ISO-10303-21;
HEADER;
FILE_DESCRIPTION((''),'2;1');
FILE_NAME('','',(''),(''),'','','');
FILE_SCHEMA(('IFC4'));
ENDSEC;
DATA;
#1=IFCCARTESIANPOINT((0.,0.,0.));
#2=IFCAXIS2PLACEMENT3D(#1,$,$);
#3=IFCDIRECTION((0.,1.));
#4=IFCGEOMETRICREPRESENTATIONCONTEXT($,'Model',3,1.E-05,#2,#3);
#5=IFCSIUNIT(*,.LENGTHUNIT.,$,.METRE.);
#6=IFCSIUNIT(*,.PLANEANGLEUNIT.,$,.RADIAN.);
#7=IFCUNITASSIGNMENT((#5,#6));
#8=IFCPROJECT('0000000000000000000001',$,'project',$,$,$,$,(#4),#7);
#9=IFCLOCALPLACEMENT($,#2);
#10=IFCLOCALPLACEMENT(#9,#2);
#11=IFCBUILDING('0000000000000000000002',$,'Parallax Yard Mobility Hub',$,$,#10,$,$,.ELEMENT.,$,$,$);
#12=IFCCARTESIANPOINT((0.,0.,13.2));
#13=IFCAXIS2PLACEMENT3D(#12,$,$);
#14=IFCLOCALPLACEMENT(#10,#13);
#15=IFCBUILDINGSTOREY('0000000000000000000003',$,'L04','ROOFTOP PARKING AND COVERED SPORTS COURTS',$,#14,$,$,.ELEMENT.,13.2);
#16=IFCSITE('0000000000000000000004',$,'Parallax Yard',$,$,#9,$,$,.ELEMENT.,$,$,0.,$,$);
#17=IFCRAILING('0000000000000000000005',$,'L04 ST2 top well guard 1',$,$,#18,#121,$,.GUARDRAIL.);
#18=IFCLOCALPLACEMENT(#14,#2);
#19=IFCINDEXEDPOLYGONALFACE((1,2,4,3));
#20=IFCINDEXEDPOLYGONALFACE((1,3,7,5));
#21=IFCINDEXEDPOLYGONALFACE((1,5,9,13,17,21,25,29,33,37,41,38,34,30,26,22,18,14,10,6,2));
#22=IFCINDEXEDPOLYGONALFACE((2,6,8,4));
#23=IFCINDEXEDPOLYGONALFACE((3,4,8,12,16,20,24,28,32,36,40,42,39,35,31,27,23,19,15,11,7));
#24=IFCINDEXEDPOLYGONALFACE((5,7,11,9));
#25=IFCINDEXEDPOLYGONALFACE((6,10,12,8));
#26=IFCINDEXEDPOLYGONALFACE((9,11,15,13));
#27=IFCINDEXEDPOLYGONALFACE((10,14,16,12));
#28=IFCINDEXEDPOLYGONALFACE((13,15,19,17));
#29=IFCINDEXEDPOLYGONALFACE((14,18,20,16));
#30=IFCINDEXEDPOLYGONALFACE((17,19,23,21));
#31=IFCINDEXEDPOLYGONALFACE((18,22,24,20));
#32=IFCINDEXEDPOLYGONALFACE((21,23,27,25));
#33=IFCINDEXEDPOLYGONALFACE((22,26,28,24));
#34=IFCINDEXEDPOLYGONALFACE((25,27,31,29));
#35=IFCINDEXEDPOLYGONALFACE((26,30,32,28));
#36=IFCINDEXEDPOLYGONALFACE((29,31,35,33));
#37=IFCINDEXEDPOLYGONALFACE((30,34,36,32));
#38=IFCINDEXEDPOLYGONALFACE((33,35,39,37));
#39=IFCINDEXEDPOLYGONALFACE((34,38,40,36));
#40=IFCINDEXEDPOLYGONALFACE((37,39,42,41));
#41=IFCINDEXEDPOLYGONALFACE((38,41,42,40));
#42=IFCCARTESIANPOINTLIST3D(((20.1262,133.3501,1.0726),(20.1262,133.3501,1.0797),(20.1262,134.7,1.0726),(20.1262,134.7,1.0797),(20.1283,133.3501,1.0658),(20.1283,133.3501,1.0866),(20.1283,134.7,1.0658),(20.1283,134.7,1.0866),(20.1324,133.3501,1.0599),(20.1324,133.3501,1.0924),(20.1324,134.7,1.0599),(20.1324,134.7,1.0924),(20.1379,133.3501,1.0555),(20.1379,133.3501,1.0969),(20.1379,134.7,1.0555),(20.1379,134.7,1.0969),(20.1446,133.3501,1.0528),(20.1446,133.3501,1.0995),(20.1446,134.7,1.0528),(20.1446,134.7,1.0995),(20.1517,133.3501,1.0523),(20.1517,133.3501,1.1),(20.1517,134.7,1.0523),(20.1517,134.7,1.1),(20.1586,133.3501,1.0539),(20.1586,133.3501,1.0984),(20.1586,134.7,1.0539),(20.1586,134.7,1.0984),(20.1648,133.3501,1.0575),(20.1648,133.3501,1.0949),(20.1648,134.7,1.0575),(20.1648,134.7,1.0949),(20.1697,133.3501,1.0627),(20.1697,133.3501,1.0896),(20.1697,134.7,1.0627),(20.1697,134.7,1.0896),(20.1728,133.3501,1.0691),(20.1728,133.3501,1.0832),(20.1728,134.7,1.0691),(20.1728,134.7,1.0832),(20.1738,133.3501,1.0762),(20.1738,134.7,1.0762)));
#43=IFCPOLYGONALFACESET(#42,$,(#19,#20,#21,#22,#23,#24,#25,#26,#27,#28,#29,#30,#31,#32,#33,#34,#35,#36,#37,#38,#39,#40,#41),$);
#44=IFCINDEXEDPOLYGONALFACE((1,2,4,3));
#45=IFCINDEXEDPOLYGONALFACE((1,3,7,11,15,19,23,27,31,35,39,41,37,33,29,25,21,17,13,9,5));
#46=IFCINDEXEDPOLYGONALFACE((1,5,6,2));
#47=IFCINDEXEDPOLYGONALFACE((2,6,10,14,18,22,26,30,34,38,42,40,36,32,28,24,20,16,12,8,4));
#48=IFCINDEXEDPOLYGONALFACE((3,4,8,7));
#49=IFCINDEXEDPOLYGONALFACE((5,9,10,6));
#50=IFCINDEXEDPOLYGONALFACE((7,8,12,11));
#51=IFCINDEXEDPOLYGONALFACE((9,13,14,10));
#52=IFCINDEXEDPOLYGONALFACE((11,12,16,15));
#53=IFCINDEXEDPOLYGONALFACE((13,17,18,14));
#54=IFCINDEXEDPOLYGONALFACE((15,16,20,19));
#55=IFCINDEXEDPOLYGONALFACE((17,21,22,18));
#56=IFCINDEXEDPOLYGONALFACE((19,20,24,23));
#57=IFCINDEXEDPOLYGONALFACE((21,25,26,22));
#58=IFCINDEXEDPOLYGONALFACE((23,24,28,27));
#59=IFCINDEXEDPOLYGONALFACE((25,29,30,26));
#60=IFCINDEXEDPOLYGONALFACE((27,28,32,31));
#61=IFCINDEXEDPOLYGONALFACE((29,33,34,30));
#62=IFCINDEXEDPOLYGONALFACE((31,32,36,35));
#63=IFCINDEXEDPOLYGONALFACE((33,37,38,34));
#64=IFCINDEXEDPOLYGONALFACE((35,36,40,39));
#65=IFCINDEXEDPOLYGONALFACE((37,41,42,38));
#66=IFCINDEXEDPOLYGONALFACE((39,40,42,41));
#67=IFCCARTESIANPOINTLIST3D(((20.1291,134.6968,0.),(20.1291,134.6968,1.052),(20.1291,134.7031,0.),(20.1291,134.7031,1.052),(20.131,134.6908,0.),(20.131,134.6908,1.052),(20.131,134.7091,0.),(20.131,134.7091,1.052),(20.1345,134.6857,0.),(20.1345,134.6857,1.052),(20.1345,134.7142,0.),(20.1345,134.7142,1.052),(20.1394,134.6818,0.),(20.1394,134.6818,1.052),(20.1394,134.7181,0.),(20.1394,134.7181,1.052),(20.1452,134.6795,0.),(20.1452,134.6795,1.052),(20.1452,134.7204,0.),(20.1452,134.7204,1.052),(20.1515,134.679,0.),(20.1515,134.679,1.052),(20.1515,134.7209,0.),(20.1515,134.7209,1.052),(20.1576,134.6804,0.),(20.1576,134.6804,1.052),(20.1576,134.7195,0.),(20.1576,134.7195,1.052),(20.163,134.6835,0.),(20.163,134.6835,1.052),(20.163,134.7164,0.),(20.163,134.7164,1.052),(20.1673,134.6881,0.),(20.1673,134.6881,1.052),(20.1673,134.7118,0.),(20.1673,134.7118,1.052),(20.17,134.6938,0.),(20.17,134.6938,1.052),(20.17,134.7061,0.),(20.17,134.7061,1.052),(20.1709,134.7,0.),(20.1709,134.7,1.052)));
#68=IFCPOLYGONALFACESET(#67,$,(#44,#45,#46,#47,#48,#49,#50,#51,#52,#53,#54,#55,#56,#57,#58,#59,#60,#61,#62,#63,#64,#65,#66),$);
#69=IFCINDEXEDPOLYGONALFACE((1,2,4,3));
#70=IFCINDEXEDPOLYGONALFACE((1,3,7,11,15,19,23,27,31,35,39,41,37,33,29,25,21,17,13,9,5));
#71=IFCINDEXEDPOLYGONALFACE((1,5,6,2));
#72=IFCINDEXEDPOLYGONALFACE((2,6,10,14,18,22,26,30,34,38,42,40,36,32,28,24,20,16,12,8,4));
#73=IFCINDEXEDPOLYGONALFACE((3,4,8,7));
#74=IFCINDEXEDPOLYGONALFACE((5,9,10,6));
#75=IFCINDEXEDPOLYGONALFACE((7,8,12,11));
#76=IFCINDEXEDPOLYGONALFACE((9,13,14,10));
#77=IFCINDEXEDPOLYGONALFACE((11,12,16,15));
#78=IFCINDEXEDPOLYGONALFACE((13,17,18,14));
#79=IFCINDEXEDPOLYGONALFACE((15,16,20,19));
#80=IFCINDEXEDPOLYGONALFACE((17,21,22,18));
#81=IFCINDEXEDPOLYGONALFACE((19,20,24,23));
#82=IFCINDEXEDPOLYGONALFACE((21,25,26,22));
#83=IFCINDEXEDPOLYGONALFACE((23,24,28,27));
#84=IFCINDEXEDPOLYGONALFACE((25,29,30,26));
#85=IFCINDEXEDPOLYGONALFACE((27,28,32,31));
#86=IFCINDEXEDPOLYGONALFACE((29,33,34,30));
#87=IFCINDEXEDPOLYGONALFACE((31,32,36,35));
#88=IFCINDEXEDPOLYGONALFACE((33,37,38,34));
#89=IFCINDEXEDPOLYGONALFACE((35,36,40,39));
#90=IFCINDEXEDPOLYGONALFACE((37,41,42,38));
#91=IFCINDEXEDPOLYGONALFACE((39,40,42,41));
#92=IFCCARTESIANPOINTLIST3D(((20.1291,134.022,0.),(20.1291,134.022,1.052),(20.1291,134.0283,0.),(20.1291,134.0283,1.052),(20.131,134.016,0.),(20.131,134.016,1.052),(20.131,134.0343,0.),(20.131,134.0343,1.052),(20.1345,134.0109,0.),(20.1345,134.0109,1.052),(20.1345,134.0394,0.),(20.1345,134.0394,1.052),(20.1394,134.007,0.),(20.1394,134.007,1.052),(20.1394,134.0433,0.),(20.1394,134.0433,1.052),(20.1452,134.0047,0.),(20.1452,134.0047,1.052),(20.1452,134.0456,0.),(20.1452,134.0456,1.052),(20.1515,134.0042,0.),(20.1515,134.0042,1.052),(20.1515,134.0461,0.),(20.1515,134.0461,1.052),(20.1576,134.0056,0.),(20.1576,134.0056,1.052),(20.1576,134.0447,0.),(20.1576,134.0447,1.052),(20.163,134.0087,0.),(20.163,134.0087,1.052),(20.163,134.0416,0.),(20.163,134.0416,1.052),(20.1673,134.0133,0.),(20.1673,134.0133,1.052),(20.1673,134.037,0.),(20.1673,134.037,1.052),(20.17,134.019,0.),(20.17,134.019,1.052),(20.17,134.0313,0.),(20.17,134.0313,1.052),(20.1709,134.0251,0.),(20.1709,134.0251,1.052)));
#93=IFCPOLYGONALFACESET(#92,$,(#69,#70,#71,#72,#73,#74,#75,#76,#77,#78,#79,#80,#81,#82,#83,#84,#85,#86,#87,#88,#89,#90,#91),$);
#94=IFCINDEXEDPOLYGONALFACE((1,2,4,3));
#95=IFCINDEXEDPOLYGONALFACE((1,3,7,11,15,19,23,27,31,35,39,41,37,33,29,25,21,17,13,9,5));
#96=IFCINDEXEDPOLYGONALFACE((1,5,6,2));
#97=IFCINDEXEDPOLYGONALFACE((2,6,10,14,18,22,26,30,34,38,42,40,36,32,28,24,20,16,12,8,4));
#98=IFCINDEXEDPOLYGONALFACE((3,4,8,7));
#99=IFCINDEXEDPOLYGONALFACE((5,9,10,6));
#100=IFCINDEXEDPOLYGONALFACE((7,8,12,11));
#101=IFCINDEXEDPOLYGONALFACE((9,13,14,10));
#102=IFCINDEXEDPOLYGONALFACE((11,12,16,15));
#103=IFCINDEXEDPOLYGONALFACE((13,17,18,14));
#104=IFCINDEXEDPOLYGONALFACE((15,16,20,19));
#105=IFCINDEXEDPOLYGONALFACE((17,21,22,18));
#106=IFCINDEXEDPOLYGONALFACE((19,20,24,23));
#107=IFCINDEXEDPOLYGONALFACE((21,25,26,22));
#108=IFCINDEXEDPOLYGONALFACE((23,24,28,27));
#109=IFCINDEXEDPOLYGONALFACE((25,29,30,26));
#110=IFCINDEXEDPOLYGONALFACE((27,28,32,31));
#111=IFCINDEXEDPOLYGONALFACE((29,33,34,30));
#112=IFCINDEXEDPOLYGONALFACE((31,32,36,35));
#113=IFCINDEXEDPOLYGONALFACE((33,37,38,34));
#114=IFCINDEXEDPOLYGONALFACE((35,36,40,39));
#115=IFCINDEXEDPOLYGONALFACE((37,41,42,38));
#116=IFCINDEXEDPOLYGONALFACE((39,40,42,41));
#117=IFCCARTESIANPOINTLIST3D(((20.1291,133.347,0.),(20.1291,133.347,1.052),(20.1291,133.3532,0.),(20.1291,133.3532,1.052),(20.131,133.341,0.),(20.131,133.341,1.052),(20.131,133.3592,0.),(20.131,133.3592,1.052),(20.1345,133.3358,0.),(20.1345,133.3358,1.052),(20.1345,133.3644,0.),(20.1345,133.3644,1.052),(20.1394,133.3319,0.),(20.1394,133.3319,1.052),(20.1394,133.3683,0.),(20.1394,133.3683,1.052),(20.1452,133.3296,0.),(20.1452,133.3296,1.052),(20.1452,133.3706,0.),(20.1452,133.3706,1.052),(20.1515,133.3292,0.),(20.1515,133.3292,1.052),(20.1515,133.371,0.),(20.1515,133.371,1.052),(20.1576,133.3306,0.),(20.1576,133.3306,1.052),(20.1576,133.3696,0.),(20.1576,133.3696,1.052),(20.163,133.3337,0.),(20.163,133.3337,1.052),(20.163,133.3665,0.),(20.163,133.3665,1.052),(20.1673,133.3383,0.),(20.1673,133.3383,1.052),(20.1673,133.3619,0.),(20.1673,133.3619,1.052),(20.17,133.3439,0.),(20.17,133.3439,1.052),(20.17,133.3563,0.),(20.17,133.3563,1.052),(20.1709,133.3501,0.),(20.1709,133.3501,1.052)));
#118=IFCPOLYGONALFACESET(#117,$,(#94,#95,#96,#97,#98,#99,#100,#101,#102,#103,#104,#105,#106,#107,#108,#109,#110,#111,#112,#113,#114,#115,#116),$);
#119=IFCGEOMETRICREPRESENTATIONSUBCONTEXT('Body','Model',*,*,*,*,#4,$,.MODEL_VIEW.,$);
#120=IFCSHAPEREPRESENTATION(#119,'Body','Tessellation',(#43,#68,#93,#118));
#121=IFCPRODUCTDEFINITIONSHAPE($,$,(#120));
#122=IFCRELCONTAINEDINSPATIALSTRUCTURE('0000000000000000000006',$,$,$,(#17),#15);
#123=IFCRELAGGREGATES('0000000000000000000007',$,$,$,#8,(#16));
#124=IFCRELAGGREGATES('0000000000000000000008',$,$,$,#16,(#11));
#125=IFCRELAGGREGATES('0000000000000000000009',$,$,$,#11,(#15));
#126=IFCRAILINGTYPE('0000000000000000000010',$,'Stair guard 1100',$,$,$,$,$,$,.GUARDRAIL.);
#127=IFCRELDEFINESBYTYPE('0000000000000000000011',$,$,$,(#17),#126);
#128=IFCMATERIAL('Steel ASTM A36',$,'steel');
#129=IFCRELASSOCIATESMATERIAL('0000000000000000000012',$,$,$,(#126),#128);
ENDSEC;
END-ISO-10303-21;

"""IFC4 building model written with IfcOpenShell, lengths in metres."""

from ifc_helpers import new_model, si_unit, direction, frame, origin, origin_2d, place, context, subcontext, project, spatial, circle, extrude, material, type_object, element, save


model = new_model("IFC4")

# Units and contexts
model_context = context("Model", 3, precision=1e-05, world=origin(), true_north=direction((0.0, 1.0)))
body_context = subcontext(model_context, "Body", "Model", "MODEL_VIEW")
ifc_project = project(units=[si_unit("LENGTHUNIT", "METRE"), si_unit("PLANEANGLEUNIT", "RADIAN")], contexts=[model_context])

# Site, building, storey
site_placement = place(None, origin())
site = spatial("IfcSite", under=ifc_project, at=site_placement, Name="Parallax Yard", CompositionType="ELEMENT", RefElevation=0.0)
building_placement = place(site_placement, origin())
building = spatial("IfcBuilding", under=site, at=building_placement, Name="Parallax Yard Mobility Hub", CompositionType="ELEMENT")
storey_placement = place(building_placement, frame((0.0, 0.0, 13.2)))
storey = spatial("IfcBuildingStorey", under=building, at=storey_placement, Name="L04", Description="ROOFTOP PARKING AND COVERED SPORTS COURTS", CompositionType="ELEMENT", Elevation=13.2)

# Railing
ifc_material_1 = material(Name="Steel ASTM A36", Category="steel")
railing_type = type_object("IfcRailingType", Name="Stair guard 1100", PredefinedType="GUARDRAIL", material=ifc_material_1)
railing_1_placement = place(storey_placement, frame((20.1499, 134.7, 0.0)))
element("IfcRailing", 1, at=railing_1_placement, inside=storey, type_object=railing_type, Name="L04 ST2 top well guard 1", PredefinedType="GUARDRAIL", context=body_context, shape_type="SweptSolid", body=[
    extrude(circle(Radius=0.0239, at=origin_2d()), frame((0.0, 0.0, 1.0762), z_axis=(0.0, -1.0, 0.0), x_axis=(1.0, 0.0, 0.0)), (0.0, 0.0, 1.0), 1.3499),
    extrude(circle(Radius=0.021, at=origin_2d()), origin(), (0.0, 0.0, 1.0), 1.052),
    extrude(circle(Radius=0.021, at=origin_2d()), frame((0.0, -0.6748, 0.0)), (0.0, 0.0, 1.0), 1.052),
    extrude(circle(Radius=0.021, at=origin_2d()), frame((0.0, -1.3499, 0.0)), (0.0, 0.0, 1.0), 1.052),
])

save(model, "model.ifc")
